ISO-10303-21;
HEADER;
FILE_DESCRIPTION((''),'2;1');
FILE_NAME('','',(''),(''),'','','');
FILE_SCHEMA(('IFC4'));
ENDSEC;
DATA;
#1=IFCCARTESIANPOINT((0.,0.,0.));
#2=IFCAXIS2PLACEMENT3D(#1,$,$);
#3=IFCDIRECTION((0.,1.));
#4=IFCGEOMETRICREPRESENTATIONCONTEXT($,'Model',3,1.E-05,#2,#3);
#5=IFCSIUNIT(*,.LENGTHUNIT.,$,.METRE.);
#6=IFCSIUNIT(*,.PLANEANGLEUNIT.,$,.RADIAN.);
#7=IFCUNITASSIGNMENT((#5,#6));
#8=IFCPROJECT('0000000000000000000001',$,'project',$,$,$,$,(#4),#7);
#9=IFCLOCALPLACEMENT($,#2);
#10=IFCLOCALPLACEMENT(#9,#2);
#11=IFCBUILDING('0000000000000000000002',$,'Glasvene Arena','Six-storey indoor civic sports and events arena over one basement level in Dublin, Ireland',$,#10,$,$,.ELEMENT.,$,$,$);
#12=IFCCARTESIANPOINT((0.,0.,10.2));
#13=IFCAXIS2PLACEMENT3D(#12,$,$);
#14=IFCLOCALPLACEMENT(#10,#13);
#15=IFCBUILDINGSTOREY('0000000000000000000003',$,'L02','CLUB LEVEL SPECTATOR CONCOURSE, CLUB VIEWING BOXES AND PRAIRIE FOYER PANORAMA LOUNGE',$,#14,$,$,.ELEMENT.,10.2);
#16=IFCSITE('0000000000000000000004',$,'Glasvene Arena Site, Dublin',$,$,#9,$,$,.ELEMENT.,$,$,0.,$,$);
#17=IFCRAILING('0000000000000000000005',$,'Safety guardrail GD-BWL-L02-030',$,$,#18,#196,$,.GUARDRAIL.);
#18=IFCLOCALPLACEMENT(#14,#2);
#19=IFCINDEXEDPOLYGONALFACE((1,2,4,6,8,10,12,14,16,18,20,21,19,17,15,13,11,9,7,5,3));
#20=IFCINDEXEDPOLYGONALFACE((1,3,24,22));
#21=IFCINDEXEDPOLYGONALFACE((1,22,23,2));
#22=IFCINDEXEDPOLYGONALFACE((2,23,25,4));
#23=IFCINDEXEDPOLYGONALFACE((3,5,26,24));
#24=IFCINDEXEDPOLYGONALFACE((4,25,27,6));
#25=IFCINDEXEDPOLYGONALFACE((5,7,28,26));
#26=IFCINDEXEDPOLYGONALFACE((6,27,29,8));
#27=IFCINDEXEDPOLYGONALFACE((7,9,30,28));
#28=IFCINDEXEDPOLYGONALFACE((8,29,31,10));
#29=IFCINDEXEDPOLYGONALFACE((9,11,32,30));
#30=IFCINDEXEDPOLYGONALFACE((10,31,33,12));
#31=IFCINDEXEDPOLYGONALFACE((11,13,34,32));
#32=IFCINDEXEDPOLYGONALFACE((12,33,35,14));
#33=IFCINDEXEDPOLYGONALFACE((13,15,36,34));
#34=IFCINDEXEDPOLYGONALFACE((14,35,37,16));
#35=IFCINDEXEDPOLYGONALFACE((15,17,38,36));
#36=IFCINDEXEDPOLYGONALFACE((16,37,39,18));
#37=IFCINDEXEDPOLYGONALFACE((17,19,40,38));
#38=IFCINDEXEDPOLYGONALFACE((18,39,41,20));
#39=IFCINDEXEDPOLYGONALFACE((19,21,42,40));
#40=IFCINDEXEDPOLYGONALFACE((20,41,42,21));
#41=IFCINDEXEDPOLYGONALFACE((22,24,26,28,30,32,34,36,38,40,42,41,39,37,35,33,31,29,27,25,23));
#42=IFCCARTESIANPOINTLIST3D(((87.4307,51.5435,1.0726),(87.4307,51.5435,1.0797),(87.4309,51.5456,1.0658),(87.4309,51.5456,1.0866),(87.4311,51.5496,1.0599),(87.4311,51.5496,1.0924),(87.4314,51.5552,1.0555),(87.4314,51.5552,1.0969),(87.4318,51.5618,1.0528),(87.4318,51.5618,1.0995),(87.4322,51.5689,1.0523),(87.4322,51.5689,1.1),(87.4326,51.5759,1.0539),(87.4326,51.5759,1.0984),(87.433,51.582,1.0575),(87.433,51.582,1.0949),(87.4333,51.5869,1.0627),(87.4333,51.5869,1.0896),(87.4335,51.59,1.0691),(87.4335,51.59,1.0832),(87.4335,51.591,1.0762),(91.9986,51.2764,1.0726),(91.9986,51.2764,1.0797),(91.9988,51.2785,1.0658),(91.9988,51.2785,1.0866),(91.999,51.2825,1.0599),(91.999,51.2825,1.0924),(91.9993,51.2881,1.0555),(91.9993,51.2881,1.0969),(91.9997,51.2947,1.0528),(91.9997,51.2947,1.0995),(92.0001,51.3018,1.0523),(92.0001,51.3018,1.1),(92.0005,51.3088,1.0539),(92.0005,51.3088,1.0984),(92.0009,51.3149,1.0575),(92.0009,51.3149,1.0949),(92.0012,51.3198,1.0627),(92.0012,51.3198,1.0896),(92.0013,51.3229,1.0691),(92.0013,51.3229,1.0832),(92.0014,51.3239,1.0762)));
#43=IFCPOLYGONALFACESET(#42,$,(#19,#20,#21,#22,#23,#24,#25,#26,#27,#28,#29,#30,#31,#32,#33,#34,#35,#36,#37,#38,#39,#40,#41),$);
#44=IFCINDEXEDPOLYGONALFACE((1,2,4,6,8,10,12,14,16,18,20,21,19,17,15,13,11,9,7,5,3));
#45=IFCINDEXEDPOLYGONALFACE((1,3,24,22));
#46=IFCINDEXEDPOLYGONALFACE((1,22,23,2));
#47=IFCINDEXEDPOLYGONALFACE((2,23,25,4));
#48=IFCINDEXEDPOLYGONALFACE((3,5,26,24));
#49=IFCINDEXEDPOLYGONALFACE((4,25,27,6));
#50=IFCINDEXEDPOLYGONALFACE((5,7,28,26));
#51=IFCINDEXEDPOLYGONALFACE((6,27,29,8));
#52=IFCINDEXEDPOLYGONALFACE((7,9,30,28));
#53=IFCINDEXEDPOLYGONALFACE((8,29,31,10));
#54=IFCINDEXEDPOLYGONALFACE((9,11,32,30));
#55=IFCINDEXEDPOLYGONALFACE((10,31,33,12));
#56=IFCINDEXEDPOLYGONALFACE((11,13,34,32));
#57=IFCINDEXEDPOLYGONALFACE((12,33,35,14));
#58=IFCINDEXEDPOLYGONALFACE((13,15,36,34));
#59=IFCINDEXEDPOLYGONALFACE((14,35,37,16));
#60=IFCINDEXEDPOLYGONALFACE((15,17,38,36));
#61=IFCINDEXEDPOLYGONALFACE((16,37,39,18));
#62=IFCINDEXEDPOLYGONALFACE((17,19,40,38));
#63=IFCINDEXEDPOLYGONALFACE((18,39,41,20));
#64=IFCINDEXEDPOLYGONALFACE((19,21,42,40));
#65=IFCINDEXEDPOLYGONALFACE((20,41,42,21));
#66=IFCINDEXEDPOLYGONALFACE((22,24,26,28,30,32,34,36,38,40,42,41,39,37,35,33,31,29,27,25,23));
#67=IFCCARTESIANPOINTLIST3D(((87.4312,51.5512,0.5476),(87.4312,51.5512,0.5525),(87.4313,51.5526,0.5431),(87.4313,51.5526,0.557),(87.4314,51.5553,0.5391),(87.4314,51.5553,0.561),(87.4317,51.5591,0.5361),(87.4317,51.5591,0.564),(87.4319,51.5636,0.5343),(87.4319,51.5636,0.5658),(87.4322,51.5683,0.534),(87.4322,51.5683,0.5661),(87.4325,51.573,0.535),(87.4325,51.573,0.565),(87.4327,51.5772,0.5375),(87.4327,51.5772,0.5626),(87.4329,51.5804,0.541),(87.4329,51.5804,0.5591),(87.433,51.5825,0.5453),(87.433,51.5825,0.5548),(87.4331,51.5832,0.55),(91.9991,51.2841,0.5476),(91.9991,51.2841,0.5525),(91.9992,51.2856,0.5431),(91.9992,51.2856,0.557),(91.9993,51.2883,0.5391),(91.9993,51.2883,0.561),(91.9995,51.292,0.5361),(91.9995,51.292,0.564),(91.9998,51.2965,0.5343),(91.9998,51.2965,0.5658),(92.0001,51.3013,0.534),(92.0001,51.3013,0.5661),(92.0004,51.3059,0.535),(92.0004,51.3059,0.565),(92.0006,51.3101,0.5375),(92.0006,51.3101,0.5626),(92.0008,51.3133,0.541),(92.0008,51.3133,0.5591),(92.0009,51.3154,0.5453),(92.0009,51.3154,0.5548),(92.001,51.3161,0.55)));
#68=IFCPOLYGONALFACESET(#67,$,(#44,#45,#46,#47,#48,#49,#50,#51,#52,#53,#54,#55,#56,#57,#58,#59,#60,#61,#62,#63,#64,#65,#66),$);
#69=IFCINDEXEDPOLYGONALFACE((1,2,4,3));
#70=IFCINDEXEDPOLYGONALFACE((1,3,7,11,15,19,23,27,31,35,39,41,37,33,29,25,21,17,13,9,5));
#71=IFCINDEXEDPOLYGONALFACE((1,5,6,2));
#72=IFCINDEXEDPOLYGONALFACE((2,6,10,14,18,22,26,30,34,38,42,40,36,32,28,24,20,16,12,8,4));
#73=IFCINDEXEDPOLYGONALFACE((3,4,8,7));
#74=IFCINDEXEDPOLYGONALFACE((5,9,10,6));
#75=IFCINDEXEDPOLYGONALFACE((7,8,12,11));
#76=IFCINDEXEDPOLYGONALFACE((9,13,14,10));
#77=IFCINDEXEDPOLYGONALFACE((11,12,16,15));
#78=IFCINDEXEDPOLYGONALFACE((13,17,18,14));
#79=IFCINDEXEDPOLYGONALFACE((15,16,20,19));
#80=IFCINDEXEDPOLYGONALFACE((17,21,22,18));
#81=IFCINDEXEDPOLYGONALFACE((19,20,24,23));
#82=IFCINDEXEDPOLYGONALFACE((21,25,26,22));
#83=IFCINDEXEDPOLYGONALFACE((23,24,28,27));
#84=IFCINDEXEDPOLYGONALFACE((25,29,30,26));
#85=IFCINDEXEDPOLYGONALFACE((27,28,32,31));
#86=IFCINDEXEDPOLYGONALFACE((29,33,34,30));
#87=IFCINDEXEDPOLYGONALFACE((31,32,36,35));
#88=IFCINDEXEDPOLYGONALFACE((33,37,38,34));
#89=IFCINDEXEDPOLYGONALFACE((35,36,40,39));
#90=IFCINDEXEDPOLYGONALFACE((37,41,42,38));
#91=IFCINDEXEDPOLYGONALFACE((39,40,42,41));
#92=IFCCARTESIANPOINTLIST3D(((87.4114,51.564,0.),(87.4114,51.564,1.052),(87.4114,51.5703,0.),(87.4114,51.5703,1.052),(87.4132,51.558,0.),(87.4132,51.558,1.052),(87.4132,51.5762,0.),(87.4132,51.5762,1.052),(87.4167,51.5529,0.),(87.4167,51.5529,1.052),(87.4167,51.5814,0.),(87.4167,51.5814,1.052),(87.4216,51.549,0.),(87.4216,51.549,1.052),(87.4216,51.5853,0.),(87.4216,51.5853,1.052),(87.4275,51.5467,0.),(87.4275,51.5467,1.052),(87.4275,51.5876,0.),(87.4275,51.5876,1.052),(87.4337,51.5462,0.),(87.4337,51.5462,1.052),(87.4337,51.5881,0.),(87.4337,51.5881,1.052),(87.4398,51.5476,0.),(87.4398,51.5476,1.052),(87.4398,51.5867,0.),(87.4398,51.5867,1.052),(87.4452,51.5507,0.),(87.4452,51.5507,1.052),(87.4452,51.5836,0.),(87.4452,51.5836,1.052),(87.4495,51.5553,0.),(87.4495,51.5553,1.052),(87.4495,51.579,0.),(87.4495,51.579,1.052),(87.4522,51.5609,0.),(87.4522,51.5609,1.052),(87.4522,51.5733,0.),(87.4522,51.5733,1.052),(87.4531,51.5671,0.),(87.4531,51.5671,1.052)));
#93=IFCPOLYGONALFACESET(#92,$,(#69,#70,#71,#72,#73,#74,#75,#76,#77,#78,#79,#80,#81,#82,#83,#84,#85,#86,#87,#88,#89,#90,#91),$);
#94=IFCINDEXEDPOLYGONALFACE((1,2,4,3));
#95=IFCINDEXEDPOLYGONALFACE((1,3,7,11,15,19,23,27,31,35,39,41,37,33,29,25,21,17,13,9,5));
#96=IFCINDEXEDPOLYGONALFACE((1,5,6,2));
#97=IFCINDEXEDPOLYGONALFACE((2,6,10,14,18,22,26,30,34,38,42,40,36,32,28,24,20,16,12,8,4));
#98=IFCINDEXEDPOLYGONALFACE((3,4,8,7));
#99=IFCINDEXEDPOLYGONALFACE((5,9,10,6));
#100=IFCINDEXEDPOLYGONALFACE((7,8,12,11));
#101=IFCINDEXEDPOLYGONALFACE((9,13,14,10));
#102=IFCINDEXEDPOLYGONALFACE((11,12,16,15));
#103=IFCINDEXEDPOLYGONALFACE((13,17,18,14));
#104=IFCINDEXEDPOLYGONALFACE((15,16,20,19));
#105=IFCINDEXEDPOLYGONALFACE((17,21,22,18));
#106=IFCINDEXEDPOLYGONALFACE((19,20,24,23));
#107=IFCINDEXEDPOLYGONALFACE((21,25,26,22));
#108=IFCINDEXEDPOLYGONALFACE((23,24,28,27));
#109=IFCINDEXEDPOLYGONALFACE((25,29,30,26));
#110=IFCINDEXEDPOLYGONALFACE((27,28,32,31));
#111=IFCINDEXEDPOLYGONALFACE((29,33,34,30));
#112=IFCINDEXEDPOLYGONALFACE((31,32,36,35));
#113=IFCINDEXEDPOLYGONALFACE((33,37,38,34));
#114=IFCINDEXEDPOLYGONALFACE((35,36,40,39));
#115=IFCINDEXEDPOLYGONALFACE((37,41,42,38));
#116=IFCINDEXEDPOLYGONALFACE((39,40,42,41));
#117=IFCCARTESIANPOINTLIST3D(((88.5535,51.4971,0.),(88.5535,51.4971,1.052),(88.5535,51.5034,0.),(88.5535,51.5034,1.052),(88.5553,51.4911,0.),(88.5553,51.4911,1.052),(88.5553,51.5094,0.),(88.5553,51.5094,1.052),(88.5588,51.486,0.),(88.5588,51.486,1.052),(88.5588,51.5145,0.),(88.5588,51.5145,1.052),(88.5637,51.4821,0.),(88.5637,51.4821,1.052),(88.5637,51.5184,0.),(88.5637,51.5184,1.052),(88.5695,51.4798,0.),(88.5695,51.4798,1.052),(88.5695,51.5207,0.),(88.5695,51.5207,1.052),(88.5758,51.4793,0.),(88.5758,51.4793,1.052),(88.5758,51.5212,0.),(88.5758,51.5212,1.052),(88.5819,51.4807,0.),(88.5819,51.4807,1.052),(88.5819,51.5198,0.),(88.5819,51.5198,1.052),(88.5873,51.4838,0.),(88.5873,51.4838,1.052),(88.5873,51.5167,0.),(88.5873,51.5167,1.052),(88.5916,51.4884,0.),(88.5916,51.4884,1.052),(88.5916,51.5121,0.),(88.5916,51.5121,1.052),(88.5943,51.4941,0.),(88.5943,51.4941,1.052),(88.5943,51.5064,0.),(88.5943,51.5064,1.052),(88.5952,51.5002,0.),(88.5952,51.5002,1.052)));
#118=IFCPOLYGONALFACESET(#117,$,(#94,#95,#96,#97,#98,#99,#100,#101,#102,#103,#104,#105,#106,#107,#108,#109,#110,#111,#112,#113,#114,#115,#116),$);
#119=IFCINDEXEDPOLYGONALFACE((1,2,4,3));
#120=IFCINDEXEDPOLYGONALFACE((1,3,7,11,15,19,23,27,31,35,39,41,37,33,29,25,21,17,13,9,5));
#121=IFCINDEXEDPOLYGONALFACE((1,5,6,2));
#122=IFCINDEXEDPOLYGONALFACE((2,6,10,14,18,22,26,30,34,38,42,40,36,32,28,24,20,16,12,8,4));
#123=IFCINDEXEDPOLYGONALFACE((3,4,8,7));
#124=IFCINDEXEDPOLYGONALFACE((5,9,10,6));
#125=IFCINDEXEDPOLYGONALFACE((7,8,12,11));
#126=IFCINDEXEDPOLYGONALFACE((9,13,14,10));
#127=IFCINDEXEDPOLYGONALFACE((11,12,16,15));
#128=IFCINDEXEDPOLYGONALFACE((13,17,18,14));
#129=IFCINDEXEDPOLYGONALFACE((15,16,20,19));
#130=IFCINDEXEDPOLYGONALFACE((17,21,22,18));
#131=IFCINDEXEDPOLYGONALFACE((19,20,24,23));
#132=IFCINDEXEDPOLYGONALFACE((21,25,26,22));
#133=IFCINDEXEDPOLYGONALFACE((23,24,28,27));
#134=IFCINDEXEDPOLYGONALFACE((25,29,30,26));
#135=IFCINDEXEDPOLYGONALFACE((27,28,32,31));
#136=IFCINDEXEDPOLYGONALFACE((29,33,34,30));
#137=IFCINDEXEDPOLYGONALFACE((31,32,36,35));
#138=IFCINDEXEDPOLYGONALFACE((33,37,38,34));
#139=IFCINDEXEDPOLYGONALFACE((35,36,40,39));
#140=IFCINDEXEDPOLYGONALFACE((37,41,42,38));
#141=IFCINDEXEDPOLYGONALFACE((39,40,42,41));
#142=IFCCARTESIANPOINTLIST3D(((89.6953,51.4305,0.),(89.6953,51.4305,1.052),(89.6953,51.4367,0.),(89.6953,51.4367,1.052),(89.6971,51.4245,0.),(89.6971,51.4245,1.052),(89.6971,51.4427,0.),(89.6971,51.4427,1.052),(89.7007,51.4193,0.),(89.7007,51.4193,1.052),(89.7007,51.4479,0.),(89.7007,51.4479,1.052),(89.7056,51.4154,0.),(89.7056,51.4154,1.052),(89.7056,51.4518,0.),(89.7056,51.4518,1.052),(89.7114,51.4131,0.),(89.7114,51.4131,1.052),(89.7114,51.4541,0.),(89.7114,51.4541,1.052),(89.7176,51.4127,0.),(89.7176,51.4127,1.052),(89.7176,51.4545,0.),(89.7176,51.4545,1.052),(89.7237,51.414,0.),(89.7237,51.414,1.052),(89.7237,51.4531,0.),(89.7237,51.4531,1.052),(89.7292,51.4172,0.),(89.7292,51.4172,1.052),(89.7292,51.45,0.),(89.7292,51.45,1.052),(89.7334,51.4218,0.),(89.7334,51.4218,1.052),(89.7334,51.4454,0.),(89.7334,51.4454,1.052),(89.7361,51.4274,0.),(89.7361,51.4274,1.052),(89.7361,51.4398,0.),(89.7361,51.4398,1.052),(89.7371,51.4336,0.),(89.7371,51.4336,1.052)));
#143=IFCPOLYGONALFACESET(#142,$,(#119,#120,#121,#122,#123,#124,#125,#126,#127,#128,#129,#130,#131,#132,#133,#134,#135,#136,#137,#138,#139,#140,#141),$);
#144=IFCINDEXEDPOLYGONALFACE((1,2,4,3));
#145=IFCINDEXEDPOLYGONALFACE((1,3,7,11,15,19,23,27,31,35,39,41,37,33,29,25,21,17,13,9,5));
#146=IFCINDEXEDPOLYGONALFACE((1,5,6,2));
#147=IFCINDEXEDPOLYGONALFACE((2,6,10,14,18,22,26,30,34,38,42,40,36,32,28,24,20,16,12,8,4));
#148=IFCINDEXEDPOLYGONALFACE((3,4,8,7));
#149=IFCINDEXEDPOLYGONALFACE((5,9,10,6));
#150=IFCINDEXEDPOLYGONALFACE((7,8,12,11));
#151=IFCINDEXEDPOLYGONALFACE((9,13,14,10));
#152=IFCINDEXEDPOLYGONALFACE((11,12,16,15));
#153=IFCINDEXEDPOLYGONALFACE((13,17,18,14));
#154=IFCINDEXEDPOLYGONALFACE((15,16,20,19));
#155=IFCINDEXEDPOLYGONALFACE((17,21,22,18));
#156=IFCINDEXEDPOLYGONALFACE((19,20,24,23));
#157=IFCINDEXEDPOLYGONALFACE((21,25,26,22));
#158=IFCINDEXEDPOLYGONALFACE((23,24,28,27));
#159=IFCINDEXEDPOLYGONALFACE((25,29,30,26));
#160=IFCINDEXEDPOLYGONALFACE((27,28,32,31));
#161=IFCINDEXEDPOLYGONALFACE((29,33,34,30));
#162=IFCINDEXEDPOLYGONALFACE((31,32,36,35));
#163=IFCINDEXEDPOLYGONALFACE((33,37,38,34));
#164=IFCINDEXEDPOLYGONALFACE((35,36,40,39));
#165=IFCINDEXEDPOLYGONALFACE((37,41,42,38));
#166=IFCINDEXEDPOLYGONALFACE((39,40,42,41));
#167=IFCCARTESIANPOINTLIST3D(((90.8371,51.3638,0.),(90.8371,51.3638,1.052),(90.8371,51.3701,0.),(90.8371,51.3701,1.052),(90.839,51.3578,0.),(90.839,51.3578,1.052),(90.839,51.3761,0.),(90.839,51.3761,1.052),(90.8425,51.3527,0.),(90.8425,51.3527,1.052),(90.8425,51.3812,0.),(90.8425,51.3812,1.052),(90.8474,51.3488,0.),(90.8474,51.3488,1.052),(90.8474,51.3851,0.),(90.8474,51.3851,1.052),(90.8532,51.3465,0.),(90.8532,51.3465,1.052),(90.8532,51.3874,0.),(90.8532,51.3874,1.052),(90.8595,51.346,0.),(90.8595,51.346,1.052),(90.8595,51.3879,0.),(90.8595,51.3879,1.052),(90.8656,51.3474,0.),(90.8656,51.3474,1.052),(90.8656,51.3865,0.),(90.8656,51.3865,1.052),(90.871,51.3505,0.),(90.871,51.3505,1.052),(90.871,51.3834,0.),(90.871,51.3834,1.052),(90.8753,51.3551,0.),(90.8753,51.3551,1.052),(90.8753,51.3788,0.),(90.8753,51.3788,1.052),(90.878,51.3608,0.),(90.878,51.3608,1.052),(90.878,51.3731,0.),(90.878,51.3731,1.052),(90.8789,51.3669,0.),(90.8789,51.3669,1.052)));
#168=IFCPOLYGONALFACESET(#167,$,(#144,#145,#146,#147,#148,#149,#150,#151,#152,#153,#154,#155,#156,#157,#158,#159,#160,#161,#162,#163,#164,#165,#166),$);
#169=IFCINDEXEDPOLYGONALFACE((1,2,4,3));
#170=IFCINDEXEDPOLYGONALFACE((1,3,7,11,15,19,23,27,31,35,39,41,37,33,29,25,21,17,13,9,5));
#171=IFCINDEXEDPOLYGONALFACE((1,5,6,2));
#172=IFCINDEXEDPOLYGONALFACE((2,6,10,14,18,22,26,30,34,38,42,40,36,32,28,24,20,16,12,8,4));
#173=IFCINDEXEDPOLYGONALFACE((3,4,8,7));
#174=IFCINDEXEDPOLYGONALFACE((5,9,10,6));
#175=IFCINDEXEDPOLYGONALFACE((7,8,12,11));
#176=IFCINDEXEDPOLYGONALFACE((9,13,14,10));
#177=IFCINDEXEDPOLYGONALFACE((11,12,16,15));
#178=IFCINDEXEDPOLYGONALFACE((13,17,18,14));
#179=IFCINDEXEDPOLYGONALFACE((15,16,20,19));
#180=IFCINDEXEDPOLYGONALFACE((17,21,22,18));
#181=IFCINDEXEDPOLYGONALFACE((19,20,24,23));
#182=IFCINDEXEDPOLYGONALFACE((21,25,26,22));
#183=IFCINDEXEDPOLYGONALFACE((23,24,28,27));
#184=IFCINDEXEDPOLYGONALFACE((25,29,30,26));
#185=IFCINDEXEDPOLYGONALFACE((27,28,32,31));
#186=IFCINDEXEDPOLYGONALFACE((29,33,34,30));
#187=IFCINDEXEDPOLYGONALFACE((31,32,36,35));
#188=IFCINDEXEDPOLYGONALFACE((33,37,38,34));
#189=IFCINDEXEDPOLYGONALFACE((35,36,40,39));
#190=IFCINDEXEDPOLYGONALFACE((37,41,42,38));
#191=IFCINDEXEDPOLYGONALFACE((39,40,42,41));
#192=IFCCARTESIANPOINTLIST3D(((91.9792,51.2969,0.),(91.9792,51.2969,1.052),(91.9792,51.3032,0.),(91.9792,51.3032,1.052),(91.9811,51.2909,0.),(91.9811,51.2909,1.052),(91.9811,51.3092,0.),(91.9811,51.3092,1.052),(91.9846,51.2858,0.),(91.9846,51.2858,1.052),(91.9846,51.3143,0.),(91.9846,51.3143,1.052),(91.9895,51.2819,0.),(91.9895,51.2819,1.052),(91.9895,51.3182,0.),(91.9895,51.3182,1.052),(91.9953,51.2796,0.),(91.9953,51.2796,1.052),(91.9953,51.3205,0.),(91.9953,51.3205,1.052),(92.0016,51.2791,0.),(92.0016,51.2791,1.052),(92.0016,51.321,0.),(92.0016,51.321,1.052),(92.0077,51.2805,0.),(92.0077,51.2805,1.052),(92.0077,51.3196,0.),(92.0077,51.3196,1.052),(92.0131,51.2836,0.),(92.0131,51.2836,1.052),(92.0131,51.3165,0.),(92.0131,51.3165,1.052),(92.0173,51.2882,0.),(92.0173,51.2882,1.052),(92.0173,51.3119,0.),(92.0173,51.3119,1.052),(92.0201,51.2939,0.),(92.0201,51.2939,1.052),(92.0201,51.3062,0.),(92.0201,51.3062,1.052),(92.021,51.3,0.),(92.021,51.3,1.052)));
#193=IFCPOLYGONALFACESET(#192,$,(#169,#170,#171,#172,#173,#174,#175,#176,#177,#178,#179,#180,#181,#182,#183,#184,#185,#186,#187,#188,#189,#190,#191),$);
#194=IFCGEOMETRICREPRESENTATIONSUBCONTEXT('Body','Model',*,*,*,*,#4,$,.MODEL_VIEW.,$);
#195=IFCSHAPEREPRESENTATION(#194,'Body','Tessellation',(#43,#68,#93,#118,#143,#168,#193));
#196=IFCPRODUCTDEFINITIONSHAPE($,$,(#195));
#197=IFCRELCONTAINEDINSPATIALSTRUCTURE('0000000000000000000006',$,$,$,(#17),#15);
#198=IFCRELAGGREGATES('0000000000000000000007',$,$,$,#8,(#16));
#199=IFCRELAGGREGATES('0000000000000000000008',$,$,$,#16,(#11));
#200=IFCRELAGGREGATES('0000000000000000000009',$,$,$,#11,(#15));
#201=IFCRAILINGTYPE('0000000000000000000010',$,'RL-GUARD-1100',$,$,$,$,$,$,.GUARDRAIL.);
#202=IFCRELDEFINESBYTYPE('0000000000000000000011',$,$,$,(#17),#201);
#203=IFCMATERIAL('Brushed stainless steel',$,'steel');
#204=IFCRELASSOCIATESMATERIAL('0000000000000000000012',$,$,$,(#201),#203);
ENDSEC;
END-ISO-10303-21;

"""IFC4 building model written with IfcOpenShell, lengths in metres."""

from ifc_helpers import new_model, si_unit, direction, frame, origin, origin_2d, place, context, subcontext, project, spatial, circle, extrude, material, type_object, element, save


model = new_model("IFC4")

# Units and contexts
model_context = context("Model", 3, precision=1e-05, world=origin(), true_north=direction((0.0, 1.0)))
body_context = subcontext(model_context, "Body", "Model", "MODEL_VIEW")
ifc_project = project(units=[si_unit("LENGTHUNIT", "METRE"), si_unit("PLANEANGLEUNIT", "RADIAN")], contexts=[model_context])

# Site, building, storey
site_placement = place(None, origin())
site = spatial("IfcSite", under=ifc_project, at=site_placement, Name="Glasvene Arena Site, Dublin", CompositionType="ELEMENT", RefElevation=0.0)
building_placement = place(site_placement, origin())
building = spatial("IfcBuilding", under=site, at=building_placement, Name="Glasvene Arena", Description="Six-storey indoor civic sports and events arena over one basement level in Dublin, Ireland", CompositionType="ELEMENT")
storey_placement = place(building_placement, frame((0.0, 0.0, 10.2)))
storey = spatial("IfcBuildingStorey", under=building, at=storey_placement, Name="L02", Description="CLUB LEVEL SPECTATOR CONCOURSE, CLUB VIEWING BOXES AND PRAIRIE FOYER PANORAMA LOUNGE", CompositionType="ELEMENT", Elevation=10.2)

# Railing
ifc_material_1 = material(Name="Brushed stainless steel", Category="steel")
railing_type = type_object("IfcRailingType", Name="RL-GUARD-1100", PredefinedType="GUARDRAIL", material=ifc_material_1)
railing_1_placement = place(storey_placement, frame((87.4321, 51.5671, 0.0)))
element("IfcRailing", 1, at=railing_1_placement, inside=storey, type_object=railing_type, Name="Safety guardrail GD-BWL-L02-030", PredefinedType="GUARDRAIL", context=body_context, shape_type="SweptSolid", body=[
    extrude(circle(Radius=0.0239, at=origin_2d()), frame((0.0, 0.0, 1.0762), z_axis=(0.998295, -0.058372, 0.0), x_axis=(0.058372, 0.998295, 0.0)), (0.0, 0.0, 1.0), 4.5757),
    extrude(circle(Radius=0.0161, at=origin_2d()), frame((0.0, 0.0, 0.55), z_axis=(0.998295, -0.058372, 0.0), x_axis=(0.058372, 0.998295, 0.0)), (0.0, 0.0, 1.0), 4.5757),
    extrude(circle(Radius=0.021, at=origin_2d()), origin(), (0.0, 0.0, 1.0), 1.052),
    extrude(circle(Radius=0.021, at=origin_2d()), frame((1.1421, -0.0669, 0.0)), (0.0, 0.0, 1.0), 1.052),
    extrude(circle(Radius=0.021, at=origin_2d()), frame((2.2839, -0.1335, 0.0)), (0.0, 0.0, 1.0), 1.052),
    extrude(circle(Radius=0.021, at=origin_2d()), frame((3.4258, -0.2002, 0.0)), (0.0, 0.0, 1.0), 1.052),
    extrude(circle(Radius=0.021, at=origin_2d()), frame((4.5679, -0.2671, 0.0)), (0.0, 0.0, 1.0), 1.052),
])

save(model, "model.ifc")
